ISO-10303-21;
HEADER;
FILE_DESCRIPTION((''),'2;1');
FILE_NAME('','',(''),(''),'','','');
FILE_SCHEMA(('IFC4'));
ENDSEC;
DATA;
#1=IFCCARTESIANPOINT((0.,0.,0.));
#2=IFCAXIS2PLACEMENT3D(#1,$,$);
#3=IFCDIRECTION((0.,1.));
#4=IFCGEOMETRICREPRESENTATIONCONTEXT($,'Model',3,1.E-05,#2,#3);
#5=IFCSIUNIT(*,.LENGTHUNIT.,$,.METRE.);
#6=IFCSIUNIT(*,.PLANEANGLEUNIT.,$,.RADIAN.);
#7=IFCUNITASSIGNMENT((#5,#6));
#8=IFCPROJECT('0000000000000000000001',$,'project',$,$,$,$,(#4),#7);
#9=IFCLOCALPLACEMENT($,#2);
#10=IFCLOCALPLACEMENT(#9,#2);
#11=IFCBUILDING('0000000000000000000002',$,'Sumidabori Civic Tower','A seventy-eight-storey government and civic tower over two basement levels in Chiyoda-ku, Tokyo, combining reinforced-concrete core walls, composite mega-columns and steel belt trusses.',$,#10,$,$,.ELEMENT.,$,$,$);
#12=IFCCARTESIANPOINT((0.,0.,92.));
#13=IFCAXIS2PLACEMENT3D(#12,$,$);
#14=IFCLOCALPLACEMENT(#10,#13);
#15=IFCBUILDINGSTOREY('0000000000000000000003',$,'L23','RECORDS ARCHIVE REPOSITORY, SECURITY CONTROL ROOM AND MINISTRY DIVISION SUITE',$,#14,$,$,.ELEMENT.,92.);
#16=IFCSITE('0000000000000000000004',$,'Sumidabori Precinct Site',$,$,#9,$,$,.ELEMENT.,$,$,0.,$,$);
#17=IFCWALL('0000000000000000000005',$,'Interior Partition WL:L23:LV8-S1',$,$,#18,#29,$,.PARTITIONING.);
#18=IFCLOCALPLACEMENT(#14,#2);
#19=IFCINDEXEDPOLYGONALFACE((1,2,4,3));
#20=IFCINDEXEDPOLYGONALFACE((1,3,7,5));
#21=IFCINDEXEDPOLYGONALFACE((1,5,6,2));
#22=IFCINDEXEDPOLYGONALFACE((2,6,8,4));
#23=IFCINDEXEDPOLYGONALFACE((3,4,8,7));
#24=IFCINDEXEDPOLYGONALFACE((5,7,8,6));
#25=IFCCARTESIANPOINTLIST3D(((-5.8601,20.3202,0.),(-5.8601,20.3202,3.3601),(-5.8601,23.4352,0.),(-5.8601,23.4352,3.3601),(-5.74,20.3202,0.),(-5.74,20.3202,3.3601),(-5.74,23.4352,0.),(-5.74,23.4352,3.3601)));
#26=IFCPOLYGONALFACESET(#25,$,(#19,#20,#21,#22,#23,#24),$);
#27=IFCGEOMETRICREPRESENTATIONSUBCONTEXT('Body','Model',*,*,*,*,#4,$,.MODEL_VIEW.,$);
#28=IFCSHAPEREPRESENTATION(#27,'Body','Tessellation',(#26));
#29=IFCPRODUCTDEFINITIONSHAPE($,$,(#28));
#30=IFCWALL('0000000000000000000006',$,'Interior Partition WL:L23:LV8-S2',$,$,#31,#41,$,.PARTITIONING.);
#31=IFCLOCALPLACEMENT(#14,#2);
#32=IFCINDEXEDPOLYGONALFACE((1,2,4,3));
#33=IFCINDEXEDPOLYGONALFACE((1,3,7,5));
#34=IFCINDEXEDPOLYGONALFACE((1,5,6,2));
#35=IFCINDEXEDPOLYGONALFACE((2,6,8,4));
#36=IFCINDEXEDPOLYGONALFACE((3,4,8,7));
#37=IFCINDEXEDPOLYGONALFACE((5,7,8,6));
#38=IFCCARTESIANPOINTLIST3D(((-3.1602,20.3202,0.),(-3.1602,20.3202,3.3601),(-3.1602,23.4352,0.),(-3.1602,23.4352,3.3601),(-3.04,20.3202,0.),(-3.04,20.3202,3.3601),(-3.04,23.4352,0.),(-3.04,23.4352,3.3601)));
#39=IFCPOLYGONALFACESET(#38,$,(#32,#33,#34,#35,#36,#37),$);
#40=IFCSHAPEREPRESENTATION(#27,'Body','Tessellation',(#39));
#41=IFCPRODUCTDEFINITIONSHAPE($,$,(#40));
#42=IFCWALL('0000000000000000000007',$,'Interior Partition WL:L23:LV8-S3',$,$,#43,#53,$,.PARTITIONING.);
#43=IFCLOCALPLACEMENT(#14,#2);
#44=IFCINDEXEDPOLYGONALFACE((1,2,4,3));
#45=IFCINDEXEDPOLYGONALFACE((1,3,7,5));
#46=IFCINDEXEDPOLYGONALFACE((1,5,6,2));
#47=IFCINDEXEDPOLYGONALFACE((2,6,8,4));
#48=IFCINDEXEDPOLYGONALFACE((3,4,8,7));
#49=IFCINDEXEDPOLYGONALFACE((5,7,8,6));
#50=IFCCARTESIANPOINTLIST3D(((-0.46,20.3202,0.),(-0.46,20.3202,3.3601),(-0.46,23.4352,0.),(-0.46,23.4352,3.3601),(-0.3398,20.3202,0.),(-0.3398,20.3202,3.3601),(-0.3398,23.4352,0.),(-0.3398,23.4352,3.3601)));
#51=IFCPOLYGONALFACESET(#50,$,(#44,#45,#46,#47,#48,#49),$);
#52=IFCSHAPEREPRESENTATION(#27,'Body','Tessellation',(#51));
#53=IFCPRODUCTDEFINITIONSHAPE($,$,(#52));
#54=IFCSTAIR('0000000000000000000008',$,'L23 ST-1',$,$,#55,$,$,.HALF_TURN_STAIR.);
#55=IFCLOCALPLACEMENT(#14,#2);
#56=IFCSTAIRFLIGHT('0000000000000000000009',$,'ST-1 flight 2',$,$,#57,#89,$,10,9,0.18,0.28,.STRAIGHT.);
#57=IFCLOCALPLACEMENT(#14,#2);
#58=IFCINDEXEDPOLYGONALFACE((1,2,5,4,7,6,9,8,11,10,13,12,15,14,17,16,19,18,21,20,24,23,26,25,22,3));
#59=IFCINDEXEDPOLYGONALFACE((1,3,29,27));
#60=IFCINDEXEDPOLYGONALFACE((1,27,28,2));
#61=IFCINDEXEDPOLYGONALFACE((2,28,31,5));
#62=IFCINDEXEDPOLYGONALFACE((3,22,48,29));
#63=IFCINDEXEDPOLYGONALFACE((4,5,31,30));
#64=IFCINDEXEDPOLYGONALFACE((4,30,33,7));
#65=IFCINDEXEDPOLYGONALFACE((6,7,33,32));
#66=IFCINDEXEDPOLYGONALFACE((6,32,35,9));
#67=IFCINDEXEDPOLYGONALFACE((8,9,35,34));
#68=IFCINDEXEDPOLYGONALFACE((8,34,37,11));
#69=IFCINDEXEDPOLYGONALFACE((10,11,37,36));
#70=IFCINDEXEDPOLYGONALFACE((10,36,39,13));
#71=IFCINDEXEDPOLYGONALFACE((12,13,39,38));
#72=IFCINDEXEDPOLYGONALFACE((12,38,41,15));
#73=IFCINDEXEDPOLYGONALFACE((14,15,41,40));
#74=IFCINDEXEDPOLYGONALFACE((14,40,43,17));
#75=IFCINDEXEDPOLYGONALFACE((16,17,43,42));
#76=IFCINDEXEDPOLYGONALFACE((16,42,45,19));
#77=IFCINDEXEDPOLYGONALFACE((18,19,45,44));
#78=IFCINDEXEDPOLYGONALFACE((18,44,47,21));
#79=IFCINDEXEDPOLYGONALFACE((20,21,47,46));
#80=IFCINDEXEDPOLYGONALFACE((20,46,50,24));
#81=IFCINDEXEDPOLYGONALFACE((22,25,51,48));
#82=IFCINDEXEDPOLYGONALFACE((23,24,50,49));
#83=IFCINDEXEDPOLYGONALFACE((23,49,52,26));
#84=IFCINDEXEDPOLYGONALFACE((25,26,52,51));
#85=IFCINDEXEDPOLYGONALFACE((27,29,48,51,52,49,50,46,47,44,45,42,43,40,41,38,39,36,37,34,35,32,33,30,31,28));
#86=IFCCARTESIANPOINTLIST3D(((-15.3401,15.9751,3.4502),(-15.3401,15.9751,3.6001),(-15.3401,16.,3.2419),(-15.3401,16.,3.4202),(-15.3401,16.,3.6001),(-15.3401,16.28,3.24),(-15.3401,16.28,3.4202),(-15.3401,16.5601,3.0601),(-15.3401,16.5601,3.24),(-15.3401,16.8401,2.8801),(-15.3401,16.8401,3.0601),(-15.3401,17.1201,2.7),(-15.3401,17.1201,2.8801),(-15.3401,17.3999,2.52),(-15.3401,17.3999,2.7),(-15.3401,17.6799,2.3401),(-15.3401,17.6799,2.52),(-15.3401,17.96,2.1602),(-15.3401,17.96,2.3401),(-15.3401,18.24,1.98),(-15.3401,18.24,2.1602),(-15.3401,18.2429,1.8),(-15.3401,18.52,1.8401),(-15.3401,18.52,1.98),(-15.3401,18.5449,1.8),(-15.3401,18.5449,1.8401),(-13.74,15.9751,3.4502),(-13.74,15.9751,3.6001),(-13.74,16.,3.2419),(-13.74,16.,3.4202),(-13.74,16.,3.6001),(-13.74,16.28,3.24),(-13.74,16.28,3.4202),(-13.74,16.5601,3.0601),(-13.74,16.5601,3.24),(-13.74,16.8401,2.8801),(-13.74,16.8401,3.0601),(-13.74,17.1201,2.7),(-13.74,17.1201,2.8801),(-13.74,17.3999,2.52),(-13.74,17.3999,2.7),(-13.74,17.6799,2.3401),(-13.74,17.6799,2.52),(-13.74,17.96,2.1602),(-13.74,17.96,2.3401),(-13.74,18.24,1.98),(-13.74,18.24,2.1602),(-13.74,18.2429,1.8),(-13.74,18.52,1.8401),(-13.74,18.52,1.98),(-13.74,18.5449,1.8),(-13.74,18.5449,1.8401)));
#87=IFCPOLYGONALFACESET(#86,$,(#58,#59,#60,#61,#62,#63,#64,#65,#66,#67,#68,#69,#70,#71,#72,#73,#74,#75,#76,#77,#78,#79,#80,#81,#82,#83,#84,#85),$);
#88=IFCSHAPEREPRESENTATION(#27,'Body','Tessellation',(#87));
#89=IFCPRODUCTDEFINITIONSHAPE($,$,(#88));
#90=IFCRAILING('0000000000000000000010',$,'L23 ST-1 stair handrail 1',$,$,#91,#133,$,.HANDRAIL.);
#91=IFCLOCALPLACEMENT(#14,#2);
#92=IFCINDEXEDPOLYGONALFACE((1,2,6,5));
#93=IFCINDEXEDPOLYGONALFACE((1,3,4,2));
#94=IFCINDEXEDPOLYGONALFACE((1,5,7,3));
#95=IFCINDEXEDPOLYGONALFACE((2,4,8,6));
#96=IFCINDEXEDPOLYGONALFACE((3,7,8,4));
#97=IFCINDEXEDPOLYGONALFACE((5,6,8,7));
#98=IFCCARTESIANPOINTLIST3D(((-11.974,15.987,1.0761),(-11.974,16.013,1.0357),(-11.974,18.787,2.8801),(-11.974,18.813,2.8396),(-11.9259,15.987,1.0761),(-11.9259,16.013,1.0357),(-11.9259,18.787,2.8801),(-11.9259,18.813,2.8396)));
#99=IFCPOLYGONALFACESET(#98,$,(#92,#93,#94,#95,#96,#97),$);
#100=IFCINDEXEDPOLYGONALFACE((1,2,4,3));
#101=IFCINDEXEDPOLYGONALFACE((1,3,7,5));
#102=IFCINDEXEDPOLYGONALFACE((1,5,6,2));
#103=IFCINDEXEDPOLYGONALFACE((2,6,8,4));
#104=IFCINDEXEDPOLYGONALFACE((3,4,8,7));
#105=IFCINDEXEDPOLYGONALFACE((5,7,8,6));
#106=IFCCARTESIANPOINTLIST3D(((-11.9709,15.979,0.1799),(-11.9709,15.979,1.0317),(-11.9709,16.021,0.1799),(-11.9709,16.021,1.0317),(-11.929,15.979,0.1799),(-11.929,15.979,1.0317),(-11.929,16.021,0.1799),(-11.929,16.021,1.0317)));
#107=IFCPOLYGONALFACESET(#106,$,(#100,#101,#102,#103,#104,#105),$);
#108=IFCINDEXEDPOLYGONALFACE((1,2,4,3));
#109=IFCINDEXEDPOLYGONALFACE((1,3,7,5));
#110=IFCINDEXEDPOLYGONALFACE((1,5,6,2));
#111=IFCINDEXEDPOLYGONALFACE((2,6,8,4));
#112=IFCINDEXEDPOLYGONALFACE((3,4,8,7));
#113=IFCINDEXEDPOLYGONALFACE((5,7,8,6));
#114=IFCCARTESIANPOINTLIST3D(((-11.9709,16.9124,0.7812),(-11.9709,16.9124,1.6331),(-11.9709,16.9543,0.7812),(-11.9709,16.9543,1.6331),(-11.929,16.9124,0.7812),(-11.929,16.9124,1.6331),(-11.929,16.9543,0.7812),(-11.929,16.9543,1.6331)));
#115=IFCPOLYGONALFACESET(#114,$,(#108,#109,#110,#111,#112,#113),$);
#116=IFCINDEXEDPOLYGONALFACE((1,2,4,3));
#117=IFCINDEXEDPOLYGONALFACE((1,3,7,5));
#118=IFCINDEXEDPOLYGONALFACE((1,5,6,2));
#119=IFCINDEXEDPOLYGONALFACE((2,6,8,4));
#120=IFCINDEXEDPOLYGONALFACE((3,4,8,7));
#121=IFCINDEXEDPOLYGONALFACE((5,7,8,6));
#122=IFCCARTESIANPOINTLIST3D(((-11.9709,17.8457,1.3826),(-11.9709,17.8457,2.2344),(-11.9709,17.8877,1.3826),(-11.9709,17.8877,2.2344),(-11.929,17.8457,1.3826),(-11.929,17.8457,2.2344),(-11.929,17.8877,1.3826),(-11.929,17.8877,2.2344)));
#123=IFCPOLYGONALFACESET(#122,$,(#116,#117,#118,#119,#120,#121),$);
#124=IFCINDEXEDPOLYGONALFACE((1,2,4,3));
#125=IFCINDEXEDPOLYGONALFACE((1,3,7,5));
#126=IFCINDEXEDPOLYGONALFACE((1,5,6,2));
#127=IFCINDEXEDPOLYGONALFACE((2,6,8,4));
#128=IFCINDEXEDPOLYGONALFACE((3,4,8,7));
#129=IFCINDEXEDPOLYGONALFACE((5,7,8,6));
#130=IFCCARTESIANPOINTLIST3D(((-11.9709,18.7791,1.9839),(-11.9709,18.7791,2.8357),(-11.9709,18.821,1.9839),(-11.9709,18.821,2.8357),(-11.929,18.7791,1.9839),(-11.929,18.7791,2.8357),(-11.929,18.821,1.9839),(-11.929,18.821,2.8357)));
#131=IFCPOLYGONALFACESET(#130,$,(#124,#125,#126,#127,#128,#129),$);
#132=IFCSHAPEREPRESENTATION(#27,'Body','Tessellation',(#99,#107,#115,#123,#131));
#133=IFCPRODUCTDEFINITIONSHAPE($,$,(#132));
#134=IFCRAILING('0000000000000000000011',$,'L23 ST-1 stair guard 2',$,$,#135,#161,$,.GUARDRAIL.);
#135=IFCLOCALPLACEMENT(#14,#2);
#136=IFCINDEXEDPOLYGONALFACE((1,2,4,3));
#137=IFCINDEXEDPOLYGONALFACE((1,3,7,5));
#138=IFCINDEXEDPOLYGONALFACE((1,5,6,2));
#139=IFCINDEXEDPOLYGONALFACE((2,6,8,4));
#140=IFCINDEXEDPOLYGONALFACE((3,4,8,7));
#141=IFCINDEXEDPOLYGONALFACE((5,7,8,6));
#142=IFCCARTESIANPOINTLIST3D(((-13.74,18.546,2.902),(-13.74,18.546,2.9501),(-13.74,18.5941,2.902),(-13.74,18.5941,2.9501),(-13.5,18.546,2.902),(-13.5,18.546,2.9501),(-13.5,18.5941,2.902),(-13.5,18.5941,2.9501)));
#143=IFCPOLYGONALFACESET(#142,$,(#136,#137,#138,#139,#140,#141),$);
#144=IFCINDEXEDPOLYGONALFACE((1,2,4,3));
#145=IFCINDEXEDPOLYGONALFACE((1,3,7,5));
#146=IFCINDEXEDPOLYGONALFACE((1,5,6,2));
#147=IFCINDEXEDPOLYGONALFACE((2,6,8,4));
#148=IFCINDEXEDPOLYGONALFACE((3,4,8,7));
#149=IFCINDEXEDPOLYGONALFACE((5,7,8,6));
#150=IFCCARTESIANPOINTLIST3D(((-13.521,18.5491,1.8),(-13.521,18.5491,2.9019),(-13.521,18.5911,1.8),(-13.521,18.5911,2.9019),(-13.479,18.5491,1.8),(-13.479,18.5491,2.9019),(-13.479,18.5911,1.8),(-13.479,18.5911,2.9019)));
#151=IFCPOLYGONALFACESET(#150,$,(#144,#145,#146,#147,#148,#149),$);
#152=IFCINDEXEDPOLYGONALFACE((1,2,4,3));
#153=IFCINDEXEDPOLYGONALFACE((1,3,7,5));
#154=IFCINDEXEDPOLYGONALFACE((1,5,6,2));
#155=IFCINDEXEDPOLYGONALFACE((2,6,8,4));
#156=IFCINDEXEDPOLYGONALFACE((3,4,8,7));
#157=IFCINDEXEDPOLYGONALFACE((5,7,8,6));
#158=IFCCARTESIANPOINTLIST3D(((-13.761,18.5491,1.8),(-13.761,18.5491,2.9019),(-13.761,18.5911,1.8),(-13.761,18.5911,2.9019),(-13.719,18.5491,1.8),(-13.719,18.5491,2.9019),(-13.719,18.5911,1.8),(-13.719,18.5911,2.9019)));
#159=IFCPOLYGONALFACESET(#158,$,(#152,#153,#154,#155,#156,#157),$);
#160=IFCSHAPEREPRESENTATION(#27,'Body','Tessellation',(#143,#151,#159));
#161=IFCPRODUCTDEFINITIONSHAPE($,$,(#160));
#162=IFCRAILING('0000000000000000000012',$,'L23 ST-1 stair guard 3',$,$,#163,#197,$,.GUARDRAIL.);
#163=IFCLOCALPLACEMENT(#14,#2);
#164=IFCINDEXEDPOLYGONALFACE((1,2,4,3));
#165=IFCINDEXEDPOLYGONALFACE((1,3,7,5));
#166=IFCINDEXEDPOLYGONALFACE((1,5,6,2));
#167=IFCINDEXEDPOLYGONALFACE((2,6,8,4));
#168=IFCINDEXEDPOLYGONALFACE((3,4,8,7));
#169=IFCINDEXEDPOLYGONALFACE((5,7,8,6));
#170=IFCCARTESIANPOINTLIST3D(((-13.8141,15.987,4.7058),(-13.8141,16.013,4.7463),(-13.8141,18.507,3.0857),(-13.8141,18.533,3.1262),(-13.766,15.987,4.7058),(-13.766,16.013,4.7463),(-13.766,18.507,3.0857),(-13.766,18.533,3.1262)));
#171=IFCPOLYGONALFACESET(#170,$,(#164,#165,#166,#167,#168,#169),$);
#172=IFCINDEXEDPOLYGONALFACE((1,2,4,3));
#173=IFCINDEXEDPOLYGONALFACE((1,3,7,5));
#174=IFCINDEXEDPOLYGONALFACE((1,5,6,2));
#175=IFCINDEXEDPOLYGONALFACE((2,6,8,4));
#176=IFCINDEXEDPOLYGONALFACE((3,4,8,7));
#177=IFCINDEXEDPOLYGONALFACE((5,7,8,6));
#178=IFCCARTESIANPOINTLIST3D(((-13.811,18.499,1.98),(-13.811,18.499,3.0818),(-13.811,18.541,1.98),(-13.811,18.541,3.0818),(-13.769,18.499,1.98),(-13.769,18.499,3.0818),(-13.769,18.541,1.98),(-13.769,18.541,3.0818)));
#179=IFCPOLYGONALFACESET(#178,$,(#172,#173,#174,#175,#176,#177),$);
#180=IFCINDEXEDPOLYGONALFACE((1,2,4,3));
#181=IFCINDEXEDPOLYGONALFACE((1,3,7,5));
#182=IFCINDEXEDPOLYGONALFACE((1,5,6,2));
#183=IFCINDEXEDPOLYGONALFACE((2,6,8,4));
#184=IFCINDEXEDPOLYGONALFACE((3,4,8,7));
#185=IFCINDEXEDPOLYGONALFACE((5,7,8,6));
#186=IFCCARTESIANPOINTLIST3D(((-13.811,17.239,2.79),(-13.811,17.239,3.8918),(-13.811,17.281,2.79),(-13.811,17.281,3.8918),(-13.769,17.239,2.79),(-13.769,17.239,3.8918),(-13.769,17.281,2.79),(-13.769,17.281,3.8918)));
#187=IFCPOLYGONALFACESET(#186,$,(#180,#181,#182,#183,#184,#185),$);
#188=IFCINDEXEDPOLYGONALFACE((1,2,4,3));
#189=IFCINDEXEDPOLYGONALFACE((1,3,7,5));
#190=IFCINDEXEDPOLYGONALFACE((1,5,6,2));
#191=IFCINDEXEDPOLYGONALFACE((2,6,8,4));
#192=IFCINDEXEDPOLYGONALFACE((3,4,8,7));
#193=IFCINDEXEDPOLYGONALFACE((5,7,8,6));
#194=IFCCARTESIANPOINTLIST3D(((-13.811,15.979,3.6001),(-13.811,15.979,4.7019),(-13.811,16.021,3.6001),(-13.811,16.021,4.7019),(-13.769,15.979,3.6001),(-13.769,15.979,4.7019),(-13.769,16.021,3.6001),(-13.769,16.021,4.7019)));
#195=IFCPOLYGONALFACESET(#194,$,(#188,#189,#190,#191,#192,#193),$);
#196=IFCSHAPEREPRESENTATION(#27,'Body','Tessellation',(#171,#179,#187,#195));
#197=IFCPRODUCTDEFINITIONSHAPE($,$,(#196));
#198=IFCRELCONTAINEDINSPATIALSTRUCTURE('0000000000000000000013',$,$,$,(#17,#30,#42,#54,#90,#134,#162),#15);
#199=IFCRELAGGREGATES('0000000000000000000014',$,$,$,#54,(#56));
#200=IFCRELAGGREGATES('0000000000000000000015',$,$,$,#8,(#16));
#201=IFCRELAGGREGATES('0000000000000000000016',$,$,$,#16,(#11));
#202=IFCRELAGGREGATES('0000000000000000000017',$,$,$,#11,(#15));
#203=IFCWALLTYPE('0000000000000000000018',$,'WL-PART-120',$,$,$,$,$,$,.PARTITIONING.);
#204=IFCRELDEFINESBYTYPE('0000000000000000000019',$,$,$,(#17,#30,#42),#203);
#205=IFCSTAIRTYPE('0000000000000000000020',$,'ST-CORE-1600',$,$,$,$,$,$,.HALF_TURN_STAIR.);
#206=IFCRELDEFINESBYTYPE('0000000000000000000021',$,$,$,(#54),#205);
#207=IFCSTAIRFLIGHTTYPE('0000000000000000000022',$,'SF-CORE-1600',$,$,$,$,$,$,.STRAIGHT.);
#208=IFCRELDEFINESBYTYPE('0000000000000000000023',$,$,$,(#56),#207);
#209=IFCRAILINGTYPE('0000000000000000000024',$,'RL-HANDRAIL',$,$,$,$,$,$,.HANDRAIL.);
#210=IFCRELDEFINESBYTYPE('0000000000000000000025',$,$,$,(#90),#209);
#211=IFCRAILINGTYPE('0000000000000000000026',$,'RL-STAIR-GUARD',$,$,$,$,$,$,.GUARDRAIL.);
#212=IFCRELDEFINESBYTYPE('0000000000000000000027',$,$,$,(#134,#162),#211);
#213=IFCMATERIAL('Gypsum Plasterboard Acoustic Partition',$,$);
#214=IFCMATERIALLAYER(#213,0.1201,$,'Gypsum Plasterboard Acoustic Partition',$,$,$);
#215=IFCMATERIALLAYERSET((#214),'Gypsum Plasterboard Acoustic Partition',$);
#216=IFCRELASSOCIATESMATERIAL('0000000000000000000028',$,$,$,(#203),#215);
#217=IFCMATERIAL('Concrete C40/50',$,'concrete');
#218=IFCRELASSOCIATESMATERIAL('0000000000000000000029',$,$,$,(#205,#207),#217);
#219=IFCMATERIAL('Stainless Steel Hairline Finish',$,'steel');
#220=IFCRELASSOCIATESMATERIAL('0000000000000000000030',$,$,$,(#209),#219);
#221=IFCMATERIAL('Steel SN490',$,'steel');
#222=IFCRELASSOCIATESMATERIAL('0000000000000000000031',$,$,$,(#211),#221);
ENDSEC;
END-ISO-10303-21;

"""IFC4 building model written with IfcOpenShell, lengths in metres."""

from ifc_helpers import new_model, si_unit, direction, frame, frame_2d, origin, origin_2d, place, context, subcontext, project, spatial, polyline, rectangle, outline, extrude, source, transform, mapped, material, layer, layer_set, type_object, element, aggregate, save


model = new_model("IFC4")

# Units and contexts
model_context = context("Model", 3, precision=1e-05, world=origin(), true_north=direction((0.0, 1.0)))
body_context = subcontext(model_context, "Body", "Model", "MODEL_VIEW")
ifc_project = project(units=[si_unit("LENGTHUNIT", "METRE"), si_unit("PLANEANGLEUNIT", "RADIAN")], contexts=[model_context])

# Site, building, storey
site_placement = place(None, origin())
site = spatial("IfcSite", under=ifc_project, at=site_placement, Name="Sumidabori Precinct Site", CompositionType="ELEMENT", RefElevation=0.0)
building_placement = place(site_placement, origin())
building = spatial("IfcBuilding", under=site, at=building_placement, Name="Sumidabori Civic Tower", Description="A seventy-eight-storey government and civic tower over two basement levels in Chiyoda-ku, Tokyo, combining reinforced-concrete core walls, composite mega-columns and steel belt trusses.", CompositionType="ELEMENT")
storey_placement = place(building_placement, frame((0.0, 0.0, 92.0)))
storey = spatial("IfcBuildingStorey", under=building, at=storey_placement, Name="L23", Description="RECORDS ARCHIVE REPOSITORY, SECURITY CONTROL ROOM AND MINISTRY DIVISION SUITE", CompositionType="ELEMENT", Elevation=92.0)

# Shared definitions
ifc_material_1 = material(Name="Gypsum Plasterboard Acoustic Partition")

# Walls
ifc_layer_1 = layer(ifc_material_1, 0.1201, Name="Gypsum Plasterboard Acoustic Partition")
ifc_layer_set_1 = layer_set([ifc_layer_1], Name="Gypsum Plasterboard Acoustic Partition")
wall_type_1 = type_object("IfcWallType", Name="WL-PART-120", PredefinedType="PARTITIONING", material=ifc_layer_set_1)
shared_shape_1 = source(origin(), body_context, "Body", "SweptSolid", [
    extrude(rectangle(XDim=3.115, YDim=0.1201, at=frame_2d((1.5576, 0.0))), origin(), (0.0, 0.0, 1.0), 3.3601),
])
for number, where, z_axis, x_axis, name in (
    (1, (-5.8, 20.3201, 0.0), (0.0, 0.0, 1.0), (0.0, 1.0, 0.0), "Interior Partition WL:L23:LV8-S1"),
    (2, (-3.1001, 20.3201, 0.0), (0.0, 0.0, 1.0), (0.0, 1.0, 0.0), "Interior Partition WL:L23:LV8-S2"),
    (3, (-0.3999, 20.3201, 0.0), (0.0, 0.0, 1.0), (0.0, 1.0, 0.0), "Interior Partition WL:L23:LV8-S3"),
):
    element("IfcWall", number, at=place(storey_placement, frame(where, z_axis=z_axis, x_axis=x_axis)), inside=storey, type_object=wall_type_1, Name=name, PredefinedType="PARTITIONING", context=body_context, shape_type="MappedRepresentation", body=[
        mapped(shared_shape_1, transform((0.0, 0.0, 0.0), x_axis=(1.0, 0.0, 0.0), y_axis=(0.0, 1.0, 0.0), z_axis=(0.0, 0.0, 1.0), scale=1.0)),
    ])

# Stair, stair flight
ifc_material_2 = material(Name="Concrete C40/50", Category="concrete")
stair_type = type_object("IfcStairType", Name="ST-CORE-1600", PredefinedType="HALF_TURN_STAIR", material=ifc_material_2)
stair_placement = place(storey_placement, origin())
stair = element("IfcStair", 4, at=stair_placement, inside=storey, type_object=stair_type, Name="L23 ST-1", PredefinedType="HALF_TURN_STAIR")
stair_flight_type = type_object("IfcStairFlightType", Name="SF-CORE-1600", PredefinedType="STRAIGHT", material=ifc_material_2)
shared_shape_2 = source(origin(), body_context, "Body", "SweptSolid", [
    extrude(outline(polyline([(-0.0249, 0.0), (-0.0249, 0.04), (0.0, 0.04), (0.0, 0.1799), (0.28, 0.1799), (0.28, 0.3601), (0.5601, 0.3601), (0.5601, 0.54), (0.8401, 0.54), (0.8401, 0.72), (1.1201, 0.72), (1.1201, 0.8999), (1.3999, 0.8999), (1.3999, 1.0801), (1.6799, 1.0801), (1.6799, 1.26), (1.96, 1.26), (1.96, 1.4399), (2.24, 1.4399), (2.24, 1.6201), (2.52, 1.6201), (2.52, 1.8), (2.5449, 1.8), (2.5449, 1.6501), (2.52, 1.4419), (0.2771, 0.0), (-0.0249, 0.0)])), frame((0.0, 0.8, 0.0), z_axis=(0.0, -1.0, 0.0), x_axis=(1.0, 0.0, 0.0)), (0.0, 0.0, 1.0), 1.6001),
])
stair_flight_placement = place(storey_placement, frame((-14.54, 18.52, 1.8), z_axis=(0.0, 0.0, 1.0), x_axis=(0.0, -1.0, 0.0)))
stair_flight = element("IfcStairFlight", 5, at=stair_flight_placement, type_object=stair_flight_type, Name="ST-1 flight 2", NumberOfRisers=10, NumberOfTreads=9, PredefinedType="STRAIGHT", RiserHeight=0.18, TreadLength=0.28, context=body_context, shape_type="MappedRepresentation", body=[
    mapped(shared_shape_2, transform((0.0, 0.0, 0.0), x_axis=(1.0, 0.0, 0.0), y_axis=(0.0, 1.0, 0.0), z_axis=(0.0, 0.0, 1.0), scale=1.0)),
])
aggregate(stair, [stair_flight])

# Railings
ifc_material_3 = material(Name="Stainless Steel Hairline Finish", Category="steel")
railing_type_1 = type_object("IfcRailingType", Name="RL-HANDRAIL", PredefinedType="HANDRAIL", material=ifc_material_3)
railing_1_placement = place(storey_placement, frame((-11.95, 16.0, 0.1799)))
element("IfcRailing", 6, at=railing_1_placement, inside=storey, type_object=railing_type_1, Name="L23 ST-1 stair handrail 1", PredefinedType="HANDRAIL", context=body_context, shape_type="SweptSolid", body=[
    extrude(rectangle(XDim=0.0481, YDim=0.0481, at=origin_2d()), frame((0.0, 0.0, 0.876), z_axis=(0.0, 0.840642, 0.541591), x_axis=(-1.0, 0.0, 0.0)), (0.0, 0.0, 1.0), 3.3308),
    extrude(rectangle(XDim=0.042, YDim=0.042, at=origin_2d()), origin(), (0.0, 0.0, 1.0), 0.8518),
    extrude(rectangle(XDim=0.042, YDim=0.042, at=origin_2d()), frame((0.0, 0.9333, 0.6013)), (0.0, 0.0, 1.0), 0.8518),
    extrude(rectangle(XDim=0.042, YDim=0.042, at=origin_2d()), frame((0.0, 1.8667, 1.2026)), (0.0, 0.0, 1.0), 0.8518),
    extrude(rectangle(XDim=0.042, YDim=0.042, at=origin_2d()), frame((0.0, 2.8, 1.804)), (0.0, 0.0, 1.0), 0.8518),
])
ifc_material_4 = material(Name="Steel SN490", Category="steel")
railing_type_2 = type_object("IfcRailingType", Name="RL-STAIR-GUARD", PredefinedType="GUARDRAIL", material=ifc_material_4)
railing_2_placement = place(storey_placement, frame((-13.5, 18.5701, 1.8)))
element("IfcRailing", 7, at=railing_2_placement, inside=storey, type_object=railing_type_2, Name="L23 ST-1 stair guard 2", PredefinedType="GUARDRAIL", context=body_context, shape_type="SweptSolid", body=[
    extrude(rectangle(XDim=0.0481, YDim=0.0481, at=origin_2d()), frame((0.0, 0.0, 1.126), z_axis=(-1.0, 0.0, 0.0), x_axis=(0.0, -1.0, 0.0)), (0.0, 0.0, 1.0), 0.24),
    extrude(rectangle(XDim=0.042, YDim=0.042, at=origin_2d()), origin(), (0.0, 0.0, 1.0), 1.1018),
    extrude(rectangle(XDim=0.042, YDim=0.042, at=origin_2d()), frame((-0.24, 0.0, 0.0)), (0.0, 0.0, 1.0), 1.1018),
])
railing_3_placement = place(storey_placement, frame((-13.79, 18.52, 1.98)))
element("IfcRailing", 8, at=railing_3_placement, inside=storey, type_object=railing_type_2, Name="L23 ST-1 stair guard 3", PredefinedType="GUARDRAIL", context=body_context, shape_type="SweptSolid", body=[
    extrude(rectangle(XDim=0.0481, YDim=0.0481, at=origin_2d()), frame((0.0, 0.0, 1.126), z_axis=(0.0, -0.841163, 0.540782), x_axis=(1.0, 0.0, 0.0)), (0.0, 0.0, 1.0), 2.9958),
    extrude(rectangle(XDim=0.042, YDim=0.042, at=origin_2d()), origin(), (0.0, 0.0, 1.0), 1.1018),
    extrude(rectangle(XDim=0.042, YDim=0.042, at=origin_2d()), frame((0.0, -1.26, 0.8101)), (0.0, 0.0, 1.0), 1.1018),
    extrude(rectangle(XDim=0.042, YDim=0.042, at=origin_2d()), frame((0.0, -2.52, 1.6201)), (0.0, 0.0, 1.0), 1.1018),
])

save(model, "model.ifc")
